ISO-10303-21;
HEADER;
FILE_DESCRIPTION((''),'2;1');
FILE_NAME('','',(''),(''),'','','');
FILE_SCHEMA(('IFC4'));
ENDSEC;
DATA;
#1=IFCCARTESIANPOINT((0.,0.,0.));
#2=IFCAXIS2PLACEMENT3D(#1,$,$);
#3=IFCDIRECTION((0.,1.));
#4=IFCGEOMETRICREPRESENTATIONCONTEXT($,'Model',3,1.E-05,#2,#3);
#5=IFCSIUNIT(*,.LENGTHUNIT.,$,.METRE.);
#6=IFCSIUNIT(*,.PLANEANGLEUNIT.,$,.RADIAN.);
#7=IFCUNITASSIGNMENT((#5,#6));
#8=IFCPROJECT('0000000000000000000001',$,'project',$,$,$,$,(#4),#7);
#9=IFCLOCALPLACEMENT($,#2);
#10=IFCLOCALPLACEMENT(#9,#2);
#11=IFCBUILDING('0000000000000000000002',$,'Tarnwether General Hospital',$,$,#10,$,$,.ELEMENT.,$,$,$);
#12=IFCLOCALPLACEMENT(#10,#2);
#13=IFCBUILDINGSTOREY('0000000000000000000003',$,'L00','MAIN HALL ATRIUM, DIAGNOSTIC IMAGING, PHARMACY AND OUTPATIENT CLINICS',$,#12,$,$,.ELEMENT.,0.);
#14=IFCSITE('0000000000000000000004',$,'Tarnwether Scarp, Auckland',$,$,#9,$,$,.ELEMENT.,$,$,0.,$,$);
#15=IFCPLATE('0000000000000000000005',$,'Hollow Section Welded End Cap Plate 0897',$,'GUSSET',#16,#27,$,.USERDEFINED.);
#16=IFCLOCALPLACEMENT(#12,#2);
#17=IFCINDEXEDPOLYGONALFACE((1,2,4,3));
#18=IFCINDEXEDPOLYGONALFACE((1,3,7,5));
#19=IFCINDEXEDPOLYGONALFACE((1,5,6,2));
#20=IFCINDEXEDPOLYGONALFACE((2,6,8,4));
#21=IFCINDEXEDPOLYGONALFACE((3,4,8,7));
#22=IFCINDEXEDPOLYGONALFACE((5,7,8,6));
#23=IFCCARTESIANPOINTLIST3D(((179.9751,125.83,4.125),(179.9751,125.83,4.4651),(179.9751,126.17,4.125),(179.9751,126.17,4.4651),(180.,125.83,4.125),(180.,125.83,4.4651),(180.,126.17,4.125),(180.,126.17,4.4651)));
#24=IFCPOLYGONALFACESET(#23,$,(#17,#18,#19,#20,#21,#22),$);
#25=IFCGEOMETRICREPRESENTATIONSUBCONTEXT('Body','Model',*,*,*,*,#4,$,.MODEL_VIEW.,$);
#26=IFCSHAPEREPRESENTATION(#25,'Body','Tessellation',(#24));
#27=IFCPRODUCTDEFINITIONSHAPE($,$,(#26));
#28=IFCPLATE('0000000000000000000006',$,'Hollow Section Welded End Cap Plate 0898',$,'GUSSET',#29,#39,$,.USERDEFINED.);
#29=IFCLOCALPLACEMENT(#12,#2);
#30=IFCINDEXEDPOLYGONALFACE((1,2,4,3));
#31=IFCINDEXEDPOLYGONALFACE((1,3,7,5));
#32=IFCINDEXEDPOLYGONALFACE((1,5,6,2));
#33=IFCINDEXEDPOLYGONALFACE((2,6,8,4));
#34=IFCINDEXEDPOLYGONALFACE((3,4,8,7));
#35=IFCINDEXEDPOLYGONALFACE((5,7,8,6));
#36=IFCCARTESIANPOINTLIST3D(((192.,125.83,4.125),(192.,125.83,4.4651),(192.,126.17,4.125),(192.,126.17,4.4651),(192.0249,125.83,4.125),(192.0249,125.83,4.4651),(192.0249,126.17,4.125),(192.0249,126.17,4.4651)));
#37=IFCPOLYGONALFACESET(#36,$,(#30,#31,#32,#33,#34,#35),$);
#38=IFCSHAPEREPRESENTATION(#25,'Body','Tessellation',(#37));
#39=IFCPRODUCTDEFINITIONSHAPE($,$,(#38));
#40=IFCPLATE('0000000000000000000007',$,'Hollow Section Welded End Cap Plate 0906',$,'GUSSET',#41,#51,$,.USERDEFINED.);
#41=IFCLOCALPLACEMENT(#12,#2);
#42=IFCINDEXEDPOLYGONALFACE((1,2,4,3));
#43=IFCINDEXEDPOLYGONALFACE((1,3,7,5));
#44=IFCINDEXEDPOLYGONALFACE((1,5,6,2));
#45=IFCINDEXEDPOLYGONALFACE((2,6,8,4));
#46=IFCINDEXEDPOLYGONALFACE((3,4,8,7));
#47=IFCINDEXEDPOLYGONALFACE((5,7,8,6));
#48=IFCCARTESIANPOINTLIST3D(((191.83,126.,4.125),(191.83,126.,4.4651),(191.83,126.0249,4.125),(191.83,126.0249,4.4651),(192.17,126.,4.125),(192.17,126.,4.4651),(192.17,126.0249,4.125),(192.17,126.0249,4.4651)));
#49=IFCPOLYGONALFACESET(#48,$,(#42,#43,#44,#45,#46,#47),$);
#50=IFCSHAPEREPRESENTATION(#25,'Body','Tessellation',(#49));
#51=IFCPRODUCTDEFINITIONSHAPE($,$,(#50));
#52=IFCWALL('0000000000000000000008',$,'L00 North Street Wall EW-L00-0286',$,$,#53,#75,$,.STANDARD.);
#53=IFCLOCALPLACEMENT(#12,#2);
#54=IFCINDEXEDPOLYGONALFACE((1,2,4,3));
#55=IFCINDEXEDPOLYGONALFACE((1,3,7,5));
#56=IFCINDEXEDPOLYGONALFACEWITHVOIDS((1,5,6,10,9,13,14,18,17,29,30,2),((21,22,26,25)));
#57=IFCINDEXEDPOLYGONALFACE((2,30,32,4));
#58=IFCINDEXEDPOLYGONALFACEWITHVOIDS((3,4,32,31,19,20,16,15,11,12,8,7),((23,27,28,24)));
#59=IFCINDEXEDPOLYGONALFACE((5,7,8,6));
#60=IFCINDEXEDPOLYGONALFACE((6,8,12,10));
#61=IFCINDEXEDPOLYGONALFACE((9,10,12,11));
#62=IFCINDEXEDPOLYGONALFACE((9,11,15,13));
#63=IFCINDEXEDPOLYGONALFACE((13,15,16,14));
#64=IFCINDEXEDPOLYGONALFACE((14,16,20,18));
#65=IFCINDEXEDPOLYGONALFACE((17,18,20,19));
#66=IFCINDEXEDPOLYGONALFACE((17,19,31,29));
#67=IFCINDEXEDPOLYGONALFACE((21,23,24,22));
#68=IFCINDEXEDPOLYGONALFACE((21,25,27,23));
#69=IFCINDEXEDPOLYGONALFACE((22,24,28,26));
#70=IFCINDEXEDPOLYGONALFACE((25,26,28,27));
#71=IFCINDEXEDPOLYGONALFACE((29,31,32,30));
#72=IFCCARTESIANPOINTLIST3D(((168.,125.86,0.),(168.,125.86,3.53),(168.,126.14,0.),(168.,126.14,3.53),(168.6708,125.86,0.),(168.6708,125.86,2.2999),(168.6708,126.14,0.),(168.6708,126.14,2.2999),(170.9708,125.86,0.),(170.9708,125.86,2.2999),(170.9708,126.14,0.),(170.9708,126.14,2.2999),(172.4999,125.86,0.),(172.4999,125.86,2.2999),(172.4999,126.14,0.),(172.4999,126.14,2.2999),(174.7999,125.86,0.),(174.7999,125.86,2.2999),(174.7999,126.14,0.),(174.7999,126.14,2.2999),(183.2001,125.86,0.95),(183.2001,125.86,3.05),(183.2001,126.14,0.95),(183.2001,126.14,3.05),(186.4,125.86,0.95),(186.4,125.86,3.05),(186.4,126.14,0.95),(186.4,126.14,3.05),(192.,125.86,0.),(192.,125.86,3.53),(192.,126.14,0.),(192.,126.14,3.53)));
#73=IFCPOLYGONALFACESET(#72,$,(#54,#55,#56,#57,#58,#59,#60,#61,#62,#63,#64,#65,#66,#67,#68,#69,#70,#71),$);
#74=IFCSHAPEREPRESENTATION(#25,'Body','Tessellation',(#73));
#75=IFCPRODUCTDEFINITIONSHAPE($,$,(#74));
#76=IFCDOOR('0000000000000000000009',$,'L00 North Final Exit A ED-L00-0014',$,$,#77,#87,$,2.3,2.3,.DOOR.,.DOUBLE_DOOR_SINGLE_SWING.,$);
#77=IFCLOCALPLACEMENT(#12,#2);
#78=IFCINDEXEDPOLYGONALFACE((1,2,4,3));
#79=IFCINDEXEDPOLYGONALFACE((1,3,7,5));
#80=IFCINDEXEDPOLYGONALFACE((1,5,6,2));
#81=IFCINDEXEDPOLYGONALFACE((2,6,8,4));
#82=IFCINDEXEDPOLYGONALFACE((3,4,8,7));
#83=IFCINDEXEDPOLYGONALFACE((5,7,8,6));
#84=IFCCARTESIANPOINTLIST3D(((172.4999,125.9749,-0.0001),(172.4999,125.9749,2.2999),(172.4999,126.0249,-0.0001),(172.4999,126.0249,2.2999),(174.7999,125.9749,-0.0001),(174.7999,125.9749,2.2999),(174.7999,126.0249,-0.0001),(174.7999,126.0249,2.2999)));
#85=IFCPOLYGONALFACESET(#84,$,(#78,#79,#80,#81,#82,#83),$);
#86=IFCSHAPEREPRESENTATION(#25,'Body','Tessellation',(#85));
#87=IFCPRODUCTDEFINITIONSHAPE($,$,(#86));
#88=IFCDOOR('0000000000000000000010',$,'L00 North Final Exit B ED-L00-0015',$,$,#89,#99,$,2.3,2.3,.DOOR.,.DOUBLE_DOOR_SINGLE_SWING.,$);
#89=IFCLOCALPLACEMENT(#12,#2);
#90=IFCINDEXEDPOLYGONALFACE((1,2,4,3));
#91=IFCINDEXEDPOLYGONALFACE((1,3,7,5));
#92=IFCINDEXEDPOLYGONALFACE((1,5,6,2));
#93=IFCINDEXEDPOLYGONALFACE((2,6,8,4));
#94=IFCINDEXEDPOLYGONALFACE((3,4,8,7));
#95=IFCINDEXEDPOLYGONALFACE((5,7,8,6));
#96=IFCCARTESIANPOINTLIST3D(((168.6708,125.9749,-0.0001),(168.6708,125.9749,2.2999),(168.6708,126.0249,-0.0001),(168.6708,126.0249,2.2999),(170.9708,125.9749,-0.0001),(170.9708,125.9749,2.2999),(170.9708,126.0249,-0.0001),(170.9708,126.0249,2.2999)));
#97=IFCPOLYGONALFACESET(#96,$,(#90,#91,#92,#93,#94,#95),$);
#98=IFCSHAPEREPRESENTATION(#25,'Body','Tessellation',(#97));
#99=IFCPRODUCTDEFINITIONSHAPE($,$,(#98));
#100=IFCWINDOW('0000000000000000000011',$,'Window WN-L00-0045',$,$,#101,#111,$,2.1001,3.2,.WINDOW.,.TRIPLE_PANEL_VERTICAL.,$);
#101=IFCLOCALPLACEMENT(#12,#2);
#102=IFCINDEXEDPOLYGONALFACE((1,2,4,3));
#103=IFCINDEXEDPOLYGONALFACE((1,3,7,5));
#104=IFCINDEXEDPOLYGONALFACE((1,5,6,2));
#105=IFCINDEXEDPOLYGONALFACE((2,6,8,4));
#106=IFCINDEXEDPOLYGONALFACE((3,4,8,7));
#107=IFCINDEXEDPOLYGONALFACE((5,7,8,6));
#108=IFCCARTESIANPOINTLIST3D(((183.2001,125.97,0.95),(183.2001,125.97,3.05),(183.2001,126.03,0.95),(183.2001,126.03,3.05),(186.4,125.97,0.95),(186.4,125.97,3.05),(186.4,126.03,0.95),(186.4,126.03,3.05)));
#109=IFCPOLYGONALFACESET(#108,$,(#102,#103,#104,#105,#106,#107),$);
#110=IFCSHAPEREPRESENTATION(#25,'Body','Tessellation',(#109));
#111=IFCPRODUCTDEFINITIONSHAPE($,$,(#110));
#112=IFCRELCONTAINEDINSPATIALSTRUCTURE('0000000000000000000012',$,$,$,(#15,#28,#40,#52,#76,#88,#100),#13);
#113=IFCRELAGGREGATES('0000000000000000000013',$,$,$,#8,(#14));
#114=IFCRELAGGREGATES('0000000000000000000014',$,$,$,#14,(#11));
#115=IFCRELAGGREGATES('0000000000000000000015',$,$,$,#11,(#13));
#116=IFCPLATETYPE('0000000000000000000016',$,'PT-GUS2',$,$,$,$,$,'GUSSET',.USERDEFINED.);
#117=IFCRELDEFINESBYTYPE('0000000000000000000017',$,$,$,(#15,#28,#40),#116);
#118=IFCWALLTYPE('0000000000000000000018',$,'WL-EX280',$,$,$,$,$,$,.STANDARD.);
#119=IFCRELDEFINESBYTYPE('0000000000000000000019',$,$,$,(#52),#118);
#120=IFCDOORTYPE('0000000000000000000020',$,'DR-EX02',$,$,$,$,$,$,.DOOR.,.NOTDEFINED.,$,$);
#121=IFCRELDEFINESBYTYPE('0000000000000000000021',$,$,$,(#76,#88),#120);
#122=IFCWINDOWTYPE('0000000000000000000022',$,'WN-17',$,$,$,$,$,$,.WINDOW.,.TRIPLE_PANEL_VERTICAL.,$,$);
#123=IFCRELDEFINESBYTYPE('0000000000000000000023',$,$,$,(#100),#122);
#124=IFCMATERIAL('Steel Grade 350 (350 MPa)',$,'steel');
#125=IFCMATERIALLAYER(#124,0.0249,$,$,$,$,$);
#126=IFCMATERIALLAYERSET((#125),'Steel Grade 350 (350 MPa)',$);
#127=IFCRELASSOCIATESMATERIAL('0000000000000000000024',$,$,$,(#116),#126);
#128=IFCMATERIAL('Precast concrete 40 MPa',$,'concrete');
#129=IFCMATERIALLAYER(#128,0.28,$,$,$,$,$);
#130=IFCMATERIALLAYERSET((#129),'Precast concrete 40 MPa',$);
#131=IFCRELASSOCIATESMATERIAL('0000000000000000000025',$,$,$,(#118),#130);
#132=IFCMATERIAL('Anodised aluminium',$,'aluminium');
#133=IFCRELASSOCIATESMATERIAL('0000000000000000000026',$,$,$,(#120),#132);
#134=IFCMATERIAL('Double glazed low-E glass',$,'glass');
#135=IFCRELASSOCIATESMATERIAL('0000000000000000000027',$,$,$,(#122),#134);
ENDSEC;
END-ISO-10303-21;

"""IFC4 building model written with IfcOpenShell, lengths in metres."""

from ifc_helpers import new_model, si_unit, direction, frame, frame_2d, origin, origin_2d, place, context, subcontext, project, spatial, rectangle, extrude, material, layer, layer_set, type_object, element, fill, save


model = new_model("IFC4")

# Units and contexts
model_context = context("Model", 3, precision=1e-05, world=origin(), true_north=direction((0.0, 1.0)))
body_context = subcontext(model_context, "Body", "Model", "MODEL_VIEW")
ifc_project = project(units=[si_unit("LENGTHUNIT", "METRE"), si_unit("PLANEANGLEUNIT", "RADIAN")], contexts=[model_context])

# Site, building, storey
site_placement = place(None, origin())
site = spatial("IfcSite", under=ifc_project, at=site_placement, Name="Tarnwether Scarp, Auckland", CompositionType="ELEMENT", RefElevation=0.0)
building_placement = place(site_placement, origin())
building = spatial("IfcBuilding", under=site, at=building_placement, Name="Tarnwether General Hospital", CompositionType="ELEMENT")
storey_placement = place(building_placement, origin())
storey = spatial("IfcBuildingStorey", under=building, at=storey_placement, Name="L00", Description="MAIN HALL ATRIUM, DIAGNOSTIC IMAGING, PHARMACY AND OUTPATIENT CLINICS", CompositionType="ELEMENT", Elevation=0.0)

# Plates
ifc_material_1 = material(Name="Steel Grade 350 (350 MPa)", Category="steel")
ifc_layer_1 = layer(ifc_material_1, 0.0249)
ifc_layer_set_1 = layer_set([ifc_layer_1], Name="Steel Grade 350 (350 MPa)")
plate_type_1 = type_object("IfcPlateType", Name="PT-GUS2", ElementType="GUSSET", PredefinedType="USERDEFINED", material=ifc_layer_set_1)
for number, where, z_axis, x_axis, name in (
    (1, (179.9875, 126.0, 4.125), (0.0, 0.0, 1.0), (1.0, 0.0, 0.0), "Hollow Section Welded End Cap Plate 0897"),
    (2, (192.0125, 126.0, 4.125), (0.0, 0.0, 1.0), (1.0, 0.0, 0.0), "Hollow Section Welded End Cap Plate 0898"),
    (3, (192.0, 126.0125, 4.125), (0.0, 0.0, 1.0), (0.0, 1.0, 0.0), "Hollow Section Welded End Cap Plate 0906"),
):
    element("IfcPlate", number, at=place(storey_placement, frame(where, z_axis=z_axis, x_axis=x_axis)), inside=storey, type_object=plate_type_1, Name=name, ObjectType="GUSSET", PredefinedType="USERDEFINED", context=body_context, shape_type="SweptSolid", body=[
        extrude(rectangle(XDim=0.0249, YDim=0.3401, at=origin_2d()), origin(), (0.0, 0.0, 1.0), 0.3401),
    ])

# Wall, openings, doors, window
ifc_material_2 = material(Name="Precast concrete 40 MPa", Category="concrete")
ifc_layer_2 = layer(ifc_material_2, 0.28)
ifc_layer_set_2 = layer_set([ifc_layer_2], Name="Precast concrete 40 MPa")
wall_type = type_object("IfcWallType", Name="WL-EX280", PredefinedType="STANDARD", material=ifc_layer_set_2)
wall_1_placement = place(storey_placement, frame((168.0, 126.0, 0.0), z_axis=(0.0, 0.0, 1.0), x_axis=(1.0, 0.0, 0.0)))
wall_1 = element("IfcWall", 4, at=wall_1_placement, inside=storey, type_object=wall_type, Name="L00 North Street Wall EW-L00-0286", PredefinedType="STANDARD", context=body_context, shape_type="SweptSolid", body=[
    extrude(rectangle(XDim=24.0, YDim=0.28, at=frame_2d((12.0, 0.0))), origin(), (0.0, 0.0, 1.0), 3.53),
])
opening_1_placement = place(wall_1_placement, frame((4.5, 0.0, 0.0)))
opening_1 = element("IfcOpeningElement", 5, at=opening_1_placement, cuts=wall_1, PredefinedType="OPENING", context=body_context, shape_type="SweptSolid", body=[
    extrude(rectangle(XDim=2.3, YDim=2.3, at=frame_2d((1.1499, 1.1499))), frame((0.0, 0.1499, 0.0), z_axis=(0.0, -1.0, 0.0), x_axis=(1.0, 0.0, 0.0)), (0.0, 0.0, 1.0), 0.3),
])
opening_2_placement = place(wall_1_placement, frame((0.6709, 0.0, 0.0)))
opening_2 = element("IfcOpeningElement", 6, at=opening_2_placement, cuts=wall_1, PredefinedType="OPENING", context=body_context, shape_type="SweptSolid", body=[
    extrude(rectangle(XDim=2.3, YDim=2.3, at=frame_2d((1.1499, 1.1499))), frame((0.0, 0.1499, 0.0), z_axis=(0.0, -1.0, 0.0), x_axis=(1.0, 0.0, 0.0)), (0.0, 0.0, 1.0), 0.3),
])
opening_3_placement = place(wall_1_placement, frame((15.2, 0.0, 0.95)))
opening_3 = element("IfcOpeningElement", 7, at=opening_3_placement, cuts=wall_1, PredefinedType="OPENING", context=body_context, shape_type="SweptSolid", body=[
    extrude(rectangle(XDim=3.2, YDim=2.1001, at=frame_2d((1.6001, 1.05))), frame((0.0, 0.1499, 0.0), z_axis=(0.0, -1.0, 0.0), x_axis=(1.0, 0.0, 0.0)), (0.0, 0.0, 1.0), 0.3),
])
ifc_material_3 = material(Name="Anodised aluminium", Category="aluminium")
door_type_1 = type_object("IfcDoorType", Name="DR-EX02", OperationType="NOTDEFINED", PredefinedType="DOOR", material=ifc_material_3)
door_1_placement = place(opening_1_placement, origin())
door_1 = element("IfcDoor", 8, at=door_1_placement, inside=storey, type_object=door_type_1, Name="L00 North Final Exit A ED-L00-0014", OperationType="DOUBLE_DOOR_SINGLE_SWING", OverallHeight=2.3, OverallWidth=2.3, PredefinedType="DOOR", context=body_context, shape_type="SweptSolid", body=[
    extrude(rectangle(XDim=2.3, YDim=2.3, at=frame_2d((1.1499, 1.1499))), frame((0.0, 0.0249, 0.0), z_axis=(0.0, -1.0, 0.0), x_axis=(1.0, 0.0, 0.0)), (0.0, 0.0, 1.0), 0.05),
])
fill(opening_1, door_1)
door_2_placement = place(opening_2_placement, origin())
door_2 = element("IfcDoor", 9, at=door_2_placement, inside=storey, type_object=door_type_1, Name="L00 North Final Exit B ED-L00-0015", OperationType="DOUBLE_DOOR_SINGLE_SWING", OverallHeight=2.3, OverallWidth=2.3, PredefinedType="DOOR", context=body_context, shape_type="SweptSolid", body=[
    extrude(rectangle(XDim=2.3, YDim=2.3, at=frame_2d((1.1499, 1.1499))), frame((0.0, 0.0249, 0.0), z_axis=(0.0, -1.0, 0.0), x_axis=(1.0, 0.0, 0.0)), (0.0, 0.0, 1.0), 0.05),
])
fill(opening_2, door_2)
ifc_material_4 = material(Name="Double glazed low-E glass", Category="glass")
window_type_1 = type_object("IfcWindowType", Name="WN-17", PartitioningType="TRIPLE_PANEL_VERTICAL", PredefinedType="WINDOW", material=ifc_material_4)
window_1_placement = place(opening_3_placement, origin())
window_1 = element("IfcWindow", 10, at=window_1_placement, inside=storey, type_object=window_type_1, Name="Window WN-L00-0045", OverallHeight=2.1001, OverallWidth=3.2, PartitioningType="TRIPLE_PANEL_VERTICAL", PredefinedType="WINDOW", context=body_context, shape_type="SweptSolid", body=[
    extrude(rectangle(XDim=3.2, YDim=2.1001, at=frame_2d((1.6001, 1.05))), frame((0.0, 0.03, 0.0), z_axis=(0.0, -1.0, 0.0), x_axis=(1.0, 0.0, 0.0)), (0.0, 0.0, 1.0), 0.0601),
])
fill(opening_3, window_1)

save(model, "model.ifc")
